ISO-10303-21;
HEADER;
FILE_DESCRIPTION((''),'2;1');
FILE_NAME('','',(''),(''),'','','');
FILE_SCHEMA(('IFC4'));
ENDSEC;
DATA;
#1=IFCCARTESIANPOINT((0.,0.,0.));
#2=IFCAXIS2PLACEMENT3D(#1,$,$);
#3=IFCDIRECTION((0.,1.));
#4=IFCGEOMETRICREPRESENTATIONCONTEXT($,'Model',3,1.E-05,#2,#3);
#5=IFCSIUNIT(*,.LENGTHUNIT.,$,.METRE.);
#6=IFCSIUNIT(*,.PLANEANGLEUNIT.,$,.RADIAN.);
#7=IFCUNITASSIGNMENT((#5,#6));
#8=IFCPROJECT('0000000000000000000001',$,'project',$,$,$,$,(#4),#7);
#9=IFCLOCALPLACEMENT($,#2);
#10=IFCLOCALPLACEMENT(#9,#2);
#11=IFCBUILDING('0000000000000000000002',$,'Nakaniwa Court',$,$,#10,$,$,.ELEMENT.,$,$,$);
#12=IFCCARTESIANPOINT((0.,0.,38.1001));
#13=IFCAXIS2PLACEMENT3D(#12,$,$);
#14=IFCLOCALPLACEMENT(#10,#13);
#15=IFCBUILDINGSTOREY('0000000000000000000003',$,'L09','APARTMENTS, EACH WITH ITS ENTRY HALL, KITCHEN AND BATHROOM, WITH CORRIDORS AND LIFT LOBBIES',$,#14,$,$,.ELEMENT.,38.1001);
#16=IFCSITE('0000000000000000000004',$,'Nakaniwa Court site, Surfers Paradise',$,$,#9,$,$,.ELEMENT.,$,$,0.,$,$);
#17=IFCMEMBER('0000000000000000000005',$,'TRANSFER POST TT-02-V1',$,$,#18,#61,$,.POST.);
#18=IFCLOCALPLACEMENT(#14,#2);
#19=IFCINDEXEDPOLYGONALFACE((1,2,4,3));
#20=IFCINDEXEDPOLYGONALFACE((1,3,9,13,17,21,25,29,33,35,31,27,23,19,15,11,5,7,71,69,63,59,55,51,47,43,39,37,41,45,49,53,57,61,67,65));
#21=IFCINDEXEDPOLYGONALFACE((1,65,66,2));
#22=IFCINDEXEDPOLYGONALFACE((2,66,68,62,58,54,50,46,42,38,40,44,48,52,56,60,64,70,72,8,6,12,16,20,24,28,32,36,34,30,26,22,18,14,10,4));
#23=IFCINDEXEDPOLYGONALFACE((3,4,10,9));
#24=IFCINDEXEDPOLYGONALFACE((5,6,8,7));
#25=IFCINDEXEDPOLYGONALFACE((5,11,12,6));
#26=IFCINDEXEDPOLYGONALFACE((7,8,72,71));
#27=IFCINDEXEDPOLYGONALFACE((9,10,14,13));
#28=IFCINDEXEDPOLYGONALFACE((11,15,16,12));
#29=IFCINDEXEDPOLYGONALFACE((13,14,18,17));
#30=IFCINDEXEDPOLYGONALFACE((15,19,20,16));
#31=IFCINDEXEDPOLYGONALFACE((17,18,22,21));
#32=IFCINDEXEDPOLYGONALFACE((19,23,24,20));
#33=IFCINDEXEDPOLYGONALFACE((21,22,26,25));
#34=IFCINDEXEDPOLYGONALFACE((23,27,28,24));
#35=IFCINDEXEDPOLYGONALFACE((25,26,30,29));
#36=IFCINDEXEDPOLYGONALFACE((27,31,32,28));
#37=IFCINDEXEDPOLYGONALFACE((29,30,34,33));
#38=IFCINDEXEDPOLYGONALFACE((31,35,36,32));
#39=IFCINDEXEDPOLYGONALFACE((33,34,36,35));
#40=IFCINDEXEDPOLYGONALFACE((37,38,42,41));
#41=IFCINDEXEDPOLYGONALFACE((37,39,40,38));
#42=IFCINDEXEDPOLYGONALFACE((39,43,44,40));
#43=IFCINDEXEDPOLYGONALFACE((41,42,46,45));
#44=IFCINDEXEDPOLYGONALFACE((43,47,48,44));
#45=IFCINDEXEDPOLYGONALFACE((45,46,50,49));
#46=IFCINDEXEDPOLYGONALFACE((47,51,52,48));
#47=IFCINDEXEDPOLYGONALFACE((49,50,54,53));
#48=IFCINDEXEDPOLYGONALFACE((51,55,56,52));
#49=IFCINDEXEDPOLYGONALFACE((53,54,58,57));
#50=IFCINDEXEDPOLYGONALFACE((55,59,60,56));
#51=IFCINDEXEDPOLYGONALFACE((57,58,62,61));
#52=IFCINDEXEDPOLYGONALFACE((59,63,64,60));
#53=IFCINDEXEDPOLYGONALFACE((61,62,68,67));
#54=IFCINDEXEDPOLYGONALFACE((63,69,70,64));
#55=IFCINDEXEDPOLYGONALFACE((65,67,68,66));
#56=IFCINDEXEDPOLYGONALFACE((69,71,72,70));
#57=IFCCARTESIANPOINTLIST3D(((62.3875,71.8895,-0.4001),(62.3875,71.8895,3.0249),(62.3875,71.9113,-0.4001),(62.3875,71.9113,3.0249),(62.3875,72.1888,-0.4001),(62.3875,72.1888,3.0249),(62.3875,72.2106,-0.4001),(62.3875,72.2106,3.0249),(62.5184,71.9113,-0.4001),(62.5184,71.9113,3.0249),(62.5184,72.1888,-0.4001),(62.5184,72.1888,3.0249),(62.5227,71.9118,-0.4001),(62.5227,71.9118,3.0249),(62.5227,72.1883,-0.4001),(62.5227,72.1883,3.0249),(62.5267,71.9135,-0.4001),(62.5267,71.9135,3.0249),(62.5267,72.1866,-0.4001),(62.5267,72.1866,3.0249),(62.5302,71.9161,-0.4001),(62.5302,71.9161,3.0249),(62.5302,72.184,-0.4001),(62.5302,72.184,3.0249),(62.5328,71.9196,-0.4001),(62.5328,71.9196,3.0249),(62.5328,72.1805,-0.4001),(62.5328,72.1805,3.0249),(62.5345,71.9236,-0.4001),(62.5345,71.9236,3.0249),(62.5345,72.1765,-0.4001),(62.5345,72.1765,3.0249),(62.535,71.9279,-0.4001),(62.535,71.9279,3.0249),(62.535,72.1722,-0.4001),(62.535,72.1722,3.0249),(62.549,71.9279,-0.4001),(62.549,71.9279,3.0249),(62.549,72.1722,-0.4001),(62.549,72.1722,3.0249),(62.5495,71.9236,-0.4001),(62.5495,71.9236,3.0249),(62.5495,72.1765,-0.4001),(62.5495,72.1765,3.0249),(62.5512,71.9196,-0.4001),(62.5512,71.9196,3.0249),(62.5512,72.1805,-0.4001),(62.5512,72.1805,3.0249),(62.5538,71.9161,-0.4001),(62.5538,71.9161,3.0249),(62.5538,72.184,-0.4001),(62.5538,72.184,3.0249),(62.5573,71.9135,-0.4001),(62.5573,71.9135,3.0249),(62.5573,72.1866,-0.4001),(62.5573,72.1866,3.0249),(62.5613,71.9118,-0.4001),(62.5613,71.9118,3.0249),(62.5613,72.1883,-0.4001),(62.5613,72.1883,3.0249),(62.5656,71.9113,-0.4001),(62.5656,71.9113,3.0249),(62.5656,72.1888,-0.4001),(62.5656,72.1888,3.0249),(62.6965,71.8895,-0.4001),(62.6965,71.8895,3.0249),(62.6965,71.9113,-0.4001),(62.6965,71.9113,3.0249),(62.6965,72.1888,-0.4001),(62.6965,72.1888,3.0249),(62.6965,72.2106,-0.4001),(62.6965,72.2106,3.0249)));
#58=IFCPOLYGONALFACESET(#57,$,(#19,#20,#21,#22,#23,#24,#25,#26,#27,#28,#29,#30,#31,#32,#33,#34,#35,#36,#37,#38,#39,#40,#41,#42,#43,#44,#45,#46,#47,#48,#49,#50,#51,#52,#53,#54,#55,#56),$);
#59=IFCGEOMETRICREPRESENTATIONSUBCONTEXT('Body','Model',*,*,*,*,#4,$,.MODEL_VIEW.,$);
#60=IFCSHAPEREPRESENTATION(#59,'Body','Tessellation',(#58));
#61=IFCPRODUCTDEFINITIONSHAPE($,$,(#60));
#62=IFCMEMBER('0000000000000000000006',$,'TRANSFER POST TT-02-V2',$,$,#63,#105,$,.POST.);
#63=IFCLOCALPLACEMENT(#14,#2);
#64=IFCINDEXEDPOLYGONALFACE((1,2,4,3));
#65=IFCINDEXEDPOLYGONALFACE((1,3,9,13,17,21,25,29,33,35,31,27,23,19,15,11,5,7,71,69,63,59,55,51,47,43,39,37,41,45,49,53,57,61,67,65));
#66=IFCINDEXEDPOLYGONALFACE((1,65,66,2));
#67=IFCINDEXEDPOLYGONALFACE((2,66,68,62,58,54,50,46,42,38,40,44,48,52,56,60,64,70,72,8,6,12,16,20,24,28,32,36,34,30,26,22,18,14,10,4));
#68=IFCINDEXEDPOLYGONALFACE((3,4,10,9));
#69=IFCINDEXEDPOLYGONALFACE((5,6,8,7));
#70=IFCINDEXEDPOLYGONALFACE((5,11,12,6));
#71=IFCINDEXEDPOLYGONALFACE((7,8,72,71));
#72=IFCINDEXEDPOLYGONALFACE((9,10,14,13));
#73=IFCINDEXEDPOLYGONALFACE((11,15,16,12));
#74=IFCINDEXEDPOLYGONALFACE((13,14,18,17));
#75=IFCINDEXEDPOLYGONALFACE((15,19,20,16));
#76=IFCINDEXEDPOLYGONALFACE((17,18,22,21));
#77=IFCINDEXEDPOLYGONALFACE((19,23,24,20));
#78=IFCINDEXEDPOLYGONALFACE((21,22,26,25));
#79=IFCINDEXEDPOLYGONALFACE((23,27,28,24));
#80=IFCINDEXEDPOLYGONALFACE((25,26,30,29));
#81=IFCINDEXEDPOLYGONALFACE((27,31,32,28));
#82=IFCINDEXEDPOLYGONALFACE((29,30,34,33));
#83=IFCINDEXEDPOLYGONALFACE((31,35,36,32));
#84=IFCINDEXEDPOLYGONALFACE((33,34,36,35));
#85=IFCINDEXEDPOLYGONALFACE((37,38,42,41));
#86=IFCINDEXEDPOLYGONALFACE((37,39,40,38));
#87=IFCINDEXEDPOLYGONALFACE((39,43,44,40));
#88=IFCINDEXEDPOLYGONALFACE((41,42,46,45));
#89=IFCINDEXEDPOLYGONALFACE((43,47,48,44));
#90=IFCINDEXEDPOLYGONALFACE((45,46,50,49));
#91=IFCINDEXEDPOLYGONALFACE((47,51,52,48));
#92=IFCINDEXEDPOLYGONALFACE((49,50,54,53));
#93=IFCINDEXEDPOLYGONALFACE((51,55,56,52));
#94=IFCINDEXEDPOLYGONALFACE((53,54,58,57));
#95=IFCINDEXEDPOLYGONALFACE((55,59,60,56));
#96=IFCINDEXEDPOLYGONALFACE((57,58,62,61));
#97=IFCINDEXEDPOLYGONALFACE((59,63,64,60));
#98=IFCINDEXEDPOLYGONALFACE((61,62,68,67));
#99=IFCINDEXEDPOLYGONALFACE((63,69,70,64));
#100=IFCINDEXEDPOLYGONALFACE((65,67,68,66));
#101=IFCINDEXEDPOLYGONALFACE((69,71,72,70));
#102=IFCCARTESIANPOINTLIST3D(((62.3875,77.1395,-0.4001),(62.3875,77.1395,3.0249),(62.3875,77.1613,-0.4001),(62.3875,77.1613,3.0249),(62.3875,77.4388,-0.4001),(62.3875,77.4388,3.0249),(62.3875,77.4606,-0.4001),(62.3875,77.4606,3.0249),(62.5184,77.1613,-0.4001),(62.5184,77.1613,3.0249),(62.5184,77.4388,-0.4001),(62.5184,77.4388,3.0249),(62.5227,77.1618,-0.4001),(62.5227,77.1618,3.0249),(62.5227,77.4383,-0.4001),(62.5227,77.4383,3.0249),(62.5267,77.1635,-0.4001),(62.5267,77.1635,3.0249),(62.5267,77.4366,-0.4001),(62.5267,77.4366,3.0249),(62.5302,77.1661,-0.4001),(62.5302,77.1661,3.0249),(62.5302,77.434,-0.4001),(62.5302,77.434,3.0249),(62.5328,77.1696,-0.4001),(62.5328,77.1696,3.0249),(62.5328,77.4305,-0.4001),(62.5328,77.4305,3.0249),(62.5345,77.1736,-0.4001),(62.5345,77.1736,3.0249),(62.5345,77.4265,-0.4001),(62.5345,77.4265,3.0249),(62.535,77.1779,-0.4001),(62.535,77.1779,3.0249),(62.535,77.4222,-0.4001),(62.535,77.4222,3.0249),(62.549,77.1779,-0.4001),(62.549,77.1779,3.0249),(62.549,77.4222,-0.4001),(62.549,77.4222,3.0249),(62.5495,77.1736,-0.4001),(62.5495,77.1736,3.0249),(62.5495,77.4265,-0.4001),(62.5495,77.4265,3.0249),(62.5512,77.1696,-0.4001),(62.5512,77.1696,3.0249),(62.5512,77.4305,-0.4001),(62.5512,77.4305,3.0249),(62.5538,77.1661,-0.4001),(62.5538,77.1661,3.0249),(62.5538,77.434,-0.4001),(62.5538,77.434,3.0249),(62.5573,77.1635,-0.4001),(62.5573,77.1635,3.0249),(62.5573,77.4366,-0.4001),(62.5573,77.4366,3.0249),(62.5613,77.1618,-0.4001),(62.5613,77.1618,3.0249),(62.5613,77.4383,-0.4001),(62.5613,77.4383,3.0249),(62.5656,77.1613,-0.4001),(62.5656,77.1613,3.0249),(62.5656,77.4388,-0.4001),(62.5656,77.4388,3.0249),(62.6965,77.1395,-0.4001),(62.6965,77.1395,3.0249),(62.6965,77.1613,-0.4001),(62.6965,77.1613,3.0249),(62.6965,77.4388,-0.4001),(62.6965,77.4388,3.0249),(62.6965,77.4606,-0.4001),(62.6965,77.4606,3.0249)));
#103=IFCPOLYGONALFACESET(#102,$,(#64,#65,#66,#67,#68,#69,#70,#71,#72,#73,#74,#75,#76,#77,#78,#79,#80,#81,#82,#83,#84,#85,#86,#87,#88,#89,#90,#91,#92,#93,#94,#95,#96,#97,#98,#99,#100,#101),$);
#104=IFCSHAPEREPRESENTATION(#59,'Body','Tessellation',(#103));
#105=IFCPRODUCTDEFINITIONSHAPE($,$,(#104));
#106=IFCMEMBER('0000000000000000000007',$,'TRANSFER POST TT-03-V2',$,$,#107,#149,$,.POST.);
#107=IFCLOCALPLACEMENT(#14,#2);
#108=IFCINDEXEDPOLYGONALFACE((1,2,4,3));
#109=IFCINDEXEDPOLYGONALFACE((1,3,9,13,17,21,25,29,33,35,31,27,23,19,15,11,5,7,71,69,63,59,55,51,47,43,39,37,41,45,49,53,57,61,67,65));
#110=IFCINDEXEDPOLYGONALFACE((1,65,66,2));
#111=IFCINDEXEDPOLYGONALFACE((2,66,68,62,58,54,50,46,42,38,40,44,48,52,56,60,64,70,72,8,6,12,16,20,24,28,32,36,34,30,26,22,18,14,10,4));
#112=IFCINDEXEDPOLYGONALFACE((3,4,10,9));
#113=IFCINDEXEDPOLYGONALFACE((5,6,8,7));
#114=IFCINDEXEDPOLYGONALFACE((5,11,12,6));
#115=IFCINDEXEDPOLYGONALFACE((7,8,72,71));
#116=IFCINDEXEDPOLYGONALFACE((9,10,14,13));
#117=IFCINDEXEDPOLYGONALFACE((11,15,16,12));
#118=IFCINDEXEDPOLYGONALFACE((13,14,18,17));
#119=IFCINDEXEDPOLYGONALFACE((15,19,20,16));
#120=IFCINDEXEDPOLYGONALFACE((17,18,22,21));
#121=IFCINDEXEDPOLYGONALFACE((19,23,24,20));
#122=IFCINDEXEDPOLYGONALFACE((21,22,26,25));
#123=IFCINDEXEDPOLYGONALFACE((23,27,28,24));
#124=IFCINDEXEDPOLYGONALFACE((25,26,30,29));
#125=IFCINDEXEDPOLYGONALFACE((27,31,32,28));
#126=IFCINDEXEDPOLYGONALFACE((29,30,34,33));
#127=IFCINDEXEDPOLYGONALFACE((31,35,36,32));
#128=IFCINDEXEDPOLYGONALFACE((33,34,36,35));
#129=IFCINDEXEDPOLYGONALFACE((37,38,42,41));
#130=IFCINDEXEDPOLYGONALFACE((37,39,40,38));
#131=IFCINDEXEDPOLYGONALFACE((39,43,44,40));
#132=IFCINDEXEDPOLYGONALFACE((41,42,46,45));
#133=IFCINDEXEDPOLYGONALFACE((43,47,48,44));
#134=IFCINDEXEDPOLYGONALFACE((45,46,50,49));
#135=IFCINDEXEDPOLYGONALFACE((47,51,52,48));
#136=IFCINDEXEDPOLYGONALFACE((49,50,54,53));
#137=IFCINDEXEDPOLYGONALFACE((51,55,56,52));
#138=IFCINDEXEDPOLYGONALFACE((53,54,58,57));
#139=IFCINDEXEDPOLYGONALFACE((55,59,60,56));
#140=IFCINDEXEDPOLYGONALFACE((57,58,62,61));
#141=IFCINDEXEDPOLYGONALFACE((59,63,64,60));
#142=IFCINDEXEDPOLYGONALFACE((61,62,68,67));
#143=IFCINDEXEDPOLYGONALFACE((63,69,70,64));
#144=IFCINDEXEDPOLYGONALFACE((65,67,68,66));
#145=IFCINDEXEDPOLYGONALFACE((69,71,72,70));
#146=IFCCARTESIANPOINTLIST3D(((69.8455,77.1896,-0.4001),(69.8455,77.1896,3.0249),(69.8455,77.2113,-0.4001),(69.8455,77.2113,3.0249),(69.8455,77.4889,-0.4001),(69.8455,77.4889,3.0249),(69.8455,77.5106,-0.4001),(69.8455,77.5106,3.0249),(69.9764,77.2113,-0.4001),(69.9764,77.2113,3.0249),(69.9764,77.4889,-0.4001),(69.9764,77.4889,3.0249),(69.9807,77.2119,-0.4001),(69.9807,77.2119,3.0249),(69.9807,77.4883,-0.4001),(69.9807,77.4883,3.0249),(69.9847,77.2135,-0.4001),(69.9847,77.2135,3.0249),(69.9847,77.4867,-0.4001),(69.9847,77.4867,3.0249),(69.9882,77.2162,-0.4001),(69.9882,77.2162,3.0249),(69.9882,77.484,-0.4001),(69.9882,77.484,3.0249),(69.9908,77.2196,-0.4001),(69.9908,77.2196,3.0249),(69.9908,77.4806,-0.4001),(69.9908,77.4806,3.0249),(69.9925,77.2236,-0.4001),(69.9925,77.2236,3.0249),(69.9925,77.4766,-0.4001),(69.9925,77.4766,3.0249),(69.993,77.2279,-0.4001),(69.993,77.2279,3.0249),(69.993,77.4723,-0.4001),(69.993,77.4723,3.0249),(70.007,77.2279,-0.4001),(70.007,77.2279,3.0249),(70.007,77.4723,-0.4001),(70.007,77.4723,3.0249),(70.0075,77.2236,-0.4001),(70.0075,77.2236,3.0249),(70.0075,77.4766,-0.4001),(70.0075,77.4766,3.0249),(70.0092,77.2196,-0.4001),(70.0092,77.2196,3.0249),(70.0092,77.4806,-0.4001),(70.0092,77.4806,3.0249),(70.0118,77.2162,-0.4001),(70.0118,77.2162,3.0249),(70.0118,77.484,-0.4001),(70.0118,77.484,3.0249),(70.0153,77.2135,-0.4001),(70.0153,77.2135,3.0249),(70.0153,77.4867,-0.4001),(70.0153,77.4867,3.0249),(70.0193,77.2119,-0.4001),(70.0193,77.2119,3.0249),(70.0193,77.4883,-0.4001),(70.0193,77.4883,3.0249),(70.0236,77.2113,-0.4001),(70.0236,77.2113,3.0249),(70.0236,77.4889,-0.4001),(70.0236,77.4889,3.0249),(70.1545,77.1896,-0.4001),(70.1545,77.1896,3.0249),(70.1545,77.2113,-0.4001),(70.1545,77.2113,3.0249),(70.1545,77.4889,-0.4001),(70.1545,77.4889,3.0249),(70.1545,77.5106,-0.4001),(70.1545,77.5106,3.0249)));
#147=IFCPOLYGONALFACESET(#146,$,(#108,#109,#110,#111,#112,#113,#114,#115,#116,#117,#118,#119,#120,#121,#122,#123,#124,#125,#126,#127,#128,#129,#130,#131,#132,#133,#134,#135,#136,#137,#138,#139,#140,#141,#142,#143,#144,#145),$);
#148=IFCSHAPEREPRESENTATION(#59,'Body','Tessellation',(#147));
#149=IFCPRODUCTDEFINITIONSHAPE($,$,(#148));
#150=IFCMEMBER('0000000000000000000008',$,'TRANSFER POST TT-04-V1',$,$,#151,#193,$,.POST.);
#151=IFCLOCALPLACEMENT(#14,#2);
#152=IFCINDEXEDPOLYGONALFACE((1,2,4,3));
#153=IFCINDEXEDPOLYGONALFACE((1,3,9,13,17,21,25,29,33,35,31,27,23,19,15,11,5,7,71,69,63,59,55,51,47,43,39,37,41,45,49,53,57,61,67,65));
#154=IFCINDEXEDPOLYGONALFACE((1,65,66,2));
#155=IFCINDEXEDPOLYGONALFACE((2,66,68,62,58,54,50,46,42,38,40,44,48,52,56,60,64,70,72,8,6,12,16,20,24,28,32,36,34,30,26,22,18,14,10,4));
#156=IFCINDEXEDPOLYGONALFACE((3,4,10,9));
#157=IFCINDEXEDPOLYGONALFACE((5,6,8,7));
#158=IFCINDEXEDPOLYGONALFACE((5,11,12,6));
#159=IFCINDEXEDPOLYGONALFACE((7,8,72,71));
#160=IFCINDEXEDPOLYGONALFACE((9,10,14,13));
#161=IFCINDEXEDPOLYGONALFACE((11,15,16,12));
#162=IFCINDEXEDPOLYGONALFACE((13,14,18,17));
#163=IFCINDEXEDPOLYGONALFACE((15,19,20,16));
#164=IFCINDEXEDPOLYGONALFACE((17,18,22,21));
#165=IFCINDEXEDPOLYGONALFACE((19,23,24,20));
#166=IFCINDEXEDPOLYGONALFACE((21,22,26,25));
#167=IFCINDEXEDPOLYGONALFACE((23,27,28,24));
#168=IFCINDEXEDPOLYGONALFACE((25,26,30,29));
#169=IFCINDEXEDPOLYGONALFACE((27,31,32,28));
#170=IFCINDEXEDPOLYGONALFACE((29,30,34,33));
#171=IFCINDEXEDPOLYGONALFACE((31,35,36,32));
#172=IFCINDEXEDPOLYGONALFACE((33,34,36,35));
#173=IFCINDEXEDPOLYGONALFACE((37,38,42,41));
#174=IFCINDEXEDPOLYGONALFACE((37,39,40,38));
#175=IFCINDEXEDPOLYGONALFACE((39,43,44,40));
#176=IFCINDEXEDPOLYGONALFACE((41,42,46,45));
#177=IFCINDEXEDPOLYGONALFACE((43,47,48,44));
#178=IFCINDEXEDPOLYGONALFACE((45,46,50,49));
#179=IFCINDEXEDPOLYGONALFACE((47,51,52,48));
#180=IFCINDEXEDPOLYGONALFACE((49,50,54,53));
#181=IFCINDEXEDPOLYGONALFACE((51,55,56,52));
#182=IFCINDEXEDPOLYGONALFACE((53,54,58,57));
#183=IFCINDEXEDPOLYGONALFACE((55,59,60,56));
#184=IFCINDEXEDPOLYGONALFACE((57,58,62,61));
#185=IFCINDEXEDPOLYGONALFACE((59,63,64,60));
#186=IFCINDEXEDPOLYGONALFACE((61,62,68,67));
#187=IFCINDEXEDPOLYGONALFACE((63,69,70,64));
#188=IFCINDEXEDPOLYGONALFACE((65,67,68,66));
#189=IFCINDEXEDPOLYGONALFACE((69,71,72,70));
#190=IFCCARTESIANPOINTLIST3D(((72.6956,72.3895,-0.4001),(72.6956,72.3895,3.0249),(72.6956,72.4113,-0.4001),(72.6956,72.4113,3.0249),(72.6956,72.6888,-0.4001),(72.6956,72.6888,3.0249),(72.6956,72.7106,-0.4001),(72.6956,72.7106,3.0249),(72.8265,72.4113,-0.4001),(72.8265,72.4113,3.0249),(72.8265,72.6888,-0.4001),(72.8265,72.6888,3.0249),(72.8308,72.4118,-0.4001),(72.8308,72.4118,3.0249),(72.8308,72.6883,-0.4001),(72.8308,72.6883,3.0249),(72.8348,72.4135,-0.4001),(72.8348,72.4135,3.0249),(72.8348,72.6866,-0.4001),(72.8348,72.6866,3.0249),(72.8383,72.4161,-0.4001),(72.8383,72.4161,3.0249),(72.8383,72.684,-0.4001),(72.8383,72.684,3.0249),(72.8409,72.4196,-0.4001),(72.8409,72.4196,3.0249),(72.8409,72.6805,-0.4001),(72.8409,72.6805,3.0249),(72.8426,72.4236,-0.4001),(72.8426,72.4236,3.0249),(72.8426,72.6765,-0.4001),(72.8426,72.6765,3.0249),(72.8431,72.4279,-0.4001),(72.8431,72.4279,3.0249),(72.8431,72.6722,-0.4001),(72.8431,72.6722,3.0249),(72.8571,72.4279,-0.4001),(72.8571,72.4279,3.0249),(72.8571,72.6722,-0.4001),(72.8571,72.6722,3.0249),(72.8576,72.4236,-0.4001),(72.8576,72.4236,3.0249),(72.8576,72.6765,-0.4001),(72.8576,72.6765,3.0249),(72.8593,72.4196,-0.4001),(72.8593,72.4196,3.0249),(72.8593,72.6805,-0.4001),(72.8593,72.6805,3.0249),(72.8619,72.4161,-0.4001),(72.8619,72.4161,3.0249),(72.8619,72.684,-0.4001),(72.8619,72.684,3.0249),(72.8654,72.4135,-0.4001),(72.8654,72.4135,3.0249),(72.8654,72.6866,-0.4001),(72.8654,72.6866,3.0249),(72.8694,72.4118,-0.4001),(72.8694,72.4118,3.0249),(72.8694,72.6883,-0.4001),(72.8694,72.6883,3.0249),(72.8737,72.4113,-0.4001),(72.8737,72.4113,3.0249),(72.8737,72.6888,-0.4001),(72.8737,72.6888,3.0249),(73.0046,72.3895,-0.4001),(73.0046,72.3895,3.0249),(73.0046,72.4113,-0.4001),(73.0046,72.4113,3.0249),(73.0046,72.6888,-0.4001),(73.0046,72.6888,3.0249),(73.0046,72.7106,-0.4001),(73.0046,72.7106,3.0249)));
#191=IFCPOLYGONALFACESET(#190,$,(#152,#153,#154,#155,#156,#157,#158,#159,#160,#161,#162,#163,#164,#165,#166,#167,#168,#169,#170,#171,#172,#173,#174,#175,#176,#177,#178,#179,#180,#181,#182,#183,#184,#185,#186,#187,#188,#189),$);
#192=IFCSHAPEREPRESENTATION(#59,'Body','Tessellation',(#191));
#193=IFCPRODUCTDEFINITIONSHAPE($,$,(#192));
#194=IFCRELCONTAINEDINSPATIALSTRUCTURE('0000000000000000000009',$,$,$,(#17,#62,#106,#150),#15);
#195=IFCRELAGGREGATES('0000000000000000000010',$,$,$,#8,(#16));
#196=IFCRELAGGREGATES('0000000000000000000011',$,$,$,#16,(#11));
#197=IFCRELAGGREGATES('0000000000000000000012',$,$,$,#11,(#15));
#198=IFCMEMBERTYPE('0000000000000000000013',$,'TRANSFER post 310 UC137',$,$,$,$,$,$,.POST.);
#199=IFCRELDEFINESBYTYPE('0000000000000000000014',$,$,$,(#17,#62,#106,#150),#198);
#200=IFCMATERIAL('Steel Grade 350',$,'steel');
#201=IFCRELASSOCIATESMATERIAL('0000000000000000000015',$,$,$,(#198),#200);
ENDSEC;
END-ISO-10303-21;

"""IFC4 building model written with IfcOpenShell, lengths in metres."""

from ifc_helpers import new_model, si_unit, direction, frame, origin, origin_2d, place, context, subcontext, project, spatial, i_section, extrude, material, material_profile, profile_set, type_object, element, save


model = new_model("IFC4")

# Units and contexts
model_context = context("Model", 3, precision=1e-05, world=origin(), true_north=direction((0.0, 1.0)))
body_context = subcontext(model_context, "Body", "Model", "MODEL_VIEW")
ifc_project = project(units=[si_unit("LENGTHUNIT", "METRE"), si_unit("PLANEANGLEUNIT", "RADIAN")], contexts=[model_context])

# Site, building, storey
site_placement = place(None, origin())
site = spatial("IfcSite", under=ifc_project, at=site_placement, Name="Nakaniwa Court site, Surfers Paradise", CompositionType="ELEMENT", RefElevation=0.0)
building_placement = place(site_placement, origin())
building = spatial("IfcBuilding", under=site, at=building_placement, Name="Nakaniwa Court", CompositionType="ELEMENT")
storey_placement = place(building_placement, frame((0.0, 0.0, 38.1001)))
storey = spatial("IfcBuildingStorey", under=building, at=storey_placement, Name="L09", Description="APARTMENTS, EACH WITH ITS ENTRY HALL, KITCHEN AND BATHROOM, WITH CORRIDORS AND LIFT LOBBIES", CompositionType="ELEMENT", Elevation=38.1001)

# Members
ifc_material_1 = material(Name="Steel Grade 350", Category="steel")
ifc_material_profile_1 = material_profile(ifc_material_1, i_section(OverallWidth=0.3091, OverallDepth=0.321, WebThickness=0.0139, FlangeThickness=0.0217, FilletRadius=0.0166, at=origin_2d()), Name="310UC137")
ifc_profile_set_1 = profile_set([ifc_material_profile_1], Name="Steel Grade 350")
member_type_1 = type_object("IfcMemberType", Name="TRANSFER post 310 UC137", PredefinedType="POST", material=ifc_profile_set_1)
for number, where, z_axis, x_axis, name in (
    (1, (62.542, 72.05, -0.4001), (0.0, 0.0, 1.0), (1.0, 0.0, 0.0), "TRANSFER POST TT-02-V1"),
    (2, (62.542, 77.3, -0.4001), (0.0, 0.0, 1.0), (1.0, 0.0, 0.0), "TRANSFER POST TT-02-V2"),
    (3, (70.0, 77.3501, -0.4001), (0.0, 0.0, 1.0), (1.0, 0.0, 0.0), "TRANSFER POST TT-03-V2"),
    (4, (72.8501, 72.55, -0.4001), (0.0, 0.0, 1.0), (1.0, 0.0, 0.0), "TRANSFER POST TT-04-V1"),
):
    element("IfcMember", number, at=place(storey_placement, frame(where, z_axis=z_axis, x_axis=x_axis)), inside=storey, type_object=member_type_1, Name=name, PredefinedType="POST", context=body_context, shape_type="SweptSolid", body=[
        extrude(i_section(OverallWidth=0.3091, OverallDepth=0.321, WebThickness=0.0139, FlangeThickness=0.0217, FilletRadius=0.0166, at=origin_2d()), origin(), (0.0, 0.0, 1.0), 3.425),
    ])

save(model, "model.ifc")
